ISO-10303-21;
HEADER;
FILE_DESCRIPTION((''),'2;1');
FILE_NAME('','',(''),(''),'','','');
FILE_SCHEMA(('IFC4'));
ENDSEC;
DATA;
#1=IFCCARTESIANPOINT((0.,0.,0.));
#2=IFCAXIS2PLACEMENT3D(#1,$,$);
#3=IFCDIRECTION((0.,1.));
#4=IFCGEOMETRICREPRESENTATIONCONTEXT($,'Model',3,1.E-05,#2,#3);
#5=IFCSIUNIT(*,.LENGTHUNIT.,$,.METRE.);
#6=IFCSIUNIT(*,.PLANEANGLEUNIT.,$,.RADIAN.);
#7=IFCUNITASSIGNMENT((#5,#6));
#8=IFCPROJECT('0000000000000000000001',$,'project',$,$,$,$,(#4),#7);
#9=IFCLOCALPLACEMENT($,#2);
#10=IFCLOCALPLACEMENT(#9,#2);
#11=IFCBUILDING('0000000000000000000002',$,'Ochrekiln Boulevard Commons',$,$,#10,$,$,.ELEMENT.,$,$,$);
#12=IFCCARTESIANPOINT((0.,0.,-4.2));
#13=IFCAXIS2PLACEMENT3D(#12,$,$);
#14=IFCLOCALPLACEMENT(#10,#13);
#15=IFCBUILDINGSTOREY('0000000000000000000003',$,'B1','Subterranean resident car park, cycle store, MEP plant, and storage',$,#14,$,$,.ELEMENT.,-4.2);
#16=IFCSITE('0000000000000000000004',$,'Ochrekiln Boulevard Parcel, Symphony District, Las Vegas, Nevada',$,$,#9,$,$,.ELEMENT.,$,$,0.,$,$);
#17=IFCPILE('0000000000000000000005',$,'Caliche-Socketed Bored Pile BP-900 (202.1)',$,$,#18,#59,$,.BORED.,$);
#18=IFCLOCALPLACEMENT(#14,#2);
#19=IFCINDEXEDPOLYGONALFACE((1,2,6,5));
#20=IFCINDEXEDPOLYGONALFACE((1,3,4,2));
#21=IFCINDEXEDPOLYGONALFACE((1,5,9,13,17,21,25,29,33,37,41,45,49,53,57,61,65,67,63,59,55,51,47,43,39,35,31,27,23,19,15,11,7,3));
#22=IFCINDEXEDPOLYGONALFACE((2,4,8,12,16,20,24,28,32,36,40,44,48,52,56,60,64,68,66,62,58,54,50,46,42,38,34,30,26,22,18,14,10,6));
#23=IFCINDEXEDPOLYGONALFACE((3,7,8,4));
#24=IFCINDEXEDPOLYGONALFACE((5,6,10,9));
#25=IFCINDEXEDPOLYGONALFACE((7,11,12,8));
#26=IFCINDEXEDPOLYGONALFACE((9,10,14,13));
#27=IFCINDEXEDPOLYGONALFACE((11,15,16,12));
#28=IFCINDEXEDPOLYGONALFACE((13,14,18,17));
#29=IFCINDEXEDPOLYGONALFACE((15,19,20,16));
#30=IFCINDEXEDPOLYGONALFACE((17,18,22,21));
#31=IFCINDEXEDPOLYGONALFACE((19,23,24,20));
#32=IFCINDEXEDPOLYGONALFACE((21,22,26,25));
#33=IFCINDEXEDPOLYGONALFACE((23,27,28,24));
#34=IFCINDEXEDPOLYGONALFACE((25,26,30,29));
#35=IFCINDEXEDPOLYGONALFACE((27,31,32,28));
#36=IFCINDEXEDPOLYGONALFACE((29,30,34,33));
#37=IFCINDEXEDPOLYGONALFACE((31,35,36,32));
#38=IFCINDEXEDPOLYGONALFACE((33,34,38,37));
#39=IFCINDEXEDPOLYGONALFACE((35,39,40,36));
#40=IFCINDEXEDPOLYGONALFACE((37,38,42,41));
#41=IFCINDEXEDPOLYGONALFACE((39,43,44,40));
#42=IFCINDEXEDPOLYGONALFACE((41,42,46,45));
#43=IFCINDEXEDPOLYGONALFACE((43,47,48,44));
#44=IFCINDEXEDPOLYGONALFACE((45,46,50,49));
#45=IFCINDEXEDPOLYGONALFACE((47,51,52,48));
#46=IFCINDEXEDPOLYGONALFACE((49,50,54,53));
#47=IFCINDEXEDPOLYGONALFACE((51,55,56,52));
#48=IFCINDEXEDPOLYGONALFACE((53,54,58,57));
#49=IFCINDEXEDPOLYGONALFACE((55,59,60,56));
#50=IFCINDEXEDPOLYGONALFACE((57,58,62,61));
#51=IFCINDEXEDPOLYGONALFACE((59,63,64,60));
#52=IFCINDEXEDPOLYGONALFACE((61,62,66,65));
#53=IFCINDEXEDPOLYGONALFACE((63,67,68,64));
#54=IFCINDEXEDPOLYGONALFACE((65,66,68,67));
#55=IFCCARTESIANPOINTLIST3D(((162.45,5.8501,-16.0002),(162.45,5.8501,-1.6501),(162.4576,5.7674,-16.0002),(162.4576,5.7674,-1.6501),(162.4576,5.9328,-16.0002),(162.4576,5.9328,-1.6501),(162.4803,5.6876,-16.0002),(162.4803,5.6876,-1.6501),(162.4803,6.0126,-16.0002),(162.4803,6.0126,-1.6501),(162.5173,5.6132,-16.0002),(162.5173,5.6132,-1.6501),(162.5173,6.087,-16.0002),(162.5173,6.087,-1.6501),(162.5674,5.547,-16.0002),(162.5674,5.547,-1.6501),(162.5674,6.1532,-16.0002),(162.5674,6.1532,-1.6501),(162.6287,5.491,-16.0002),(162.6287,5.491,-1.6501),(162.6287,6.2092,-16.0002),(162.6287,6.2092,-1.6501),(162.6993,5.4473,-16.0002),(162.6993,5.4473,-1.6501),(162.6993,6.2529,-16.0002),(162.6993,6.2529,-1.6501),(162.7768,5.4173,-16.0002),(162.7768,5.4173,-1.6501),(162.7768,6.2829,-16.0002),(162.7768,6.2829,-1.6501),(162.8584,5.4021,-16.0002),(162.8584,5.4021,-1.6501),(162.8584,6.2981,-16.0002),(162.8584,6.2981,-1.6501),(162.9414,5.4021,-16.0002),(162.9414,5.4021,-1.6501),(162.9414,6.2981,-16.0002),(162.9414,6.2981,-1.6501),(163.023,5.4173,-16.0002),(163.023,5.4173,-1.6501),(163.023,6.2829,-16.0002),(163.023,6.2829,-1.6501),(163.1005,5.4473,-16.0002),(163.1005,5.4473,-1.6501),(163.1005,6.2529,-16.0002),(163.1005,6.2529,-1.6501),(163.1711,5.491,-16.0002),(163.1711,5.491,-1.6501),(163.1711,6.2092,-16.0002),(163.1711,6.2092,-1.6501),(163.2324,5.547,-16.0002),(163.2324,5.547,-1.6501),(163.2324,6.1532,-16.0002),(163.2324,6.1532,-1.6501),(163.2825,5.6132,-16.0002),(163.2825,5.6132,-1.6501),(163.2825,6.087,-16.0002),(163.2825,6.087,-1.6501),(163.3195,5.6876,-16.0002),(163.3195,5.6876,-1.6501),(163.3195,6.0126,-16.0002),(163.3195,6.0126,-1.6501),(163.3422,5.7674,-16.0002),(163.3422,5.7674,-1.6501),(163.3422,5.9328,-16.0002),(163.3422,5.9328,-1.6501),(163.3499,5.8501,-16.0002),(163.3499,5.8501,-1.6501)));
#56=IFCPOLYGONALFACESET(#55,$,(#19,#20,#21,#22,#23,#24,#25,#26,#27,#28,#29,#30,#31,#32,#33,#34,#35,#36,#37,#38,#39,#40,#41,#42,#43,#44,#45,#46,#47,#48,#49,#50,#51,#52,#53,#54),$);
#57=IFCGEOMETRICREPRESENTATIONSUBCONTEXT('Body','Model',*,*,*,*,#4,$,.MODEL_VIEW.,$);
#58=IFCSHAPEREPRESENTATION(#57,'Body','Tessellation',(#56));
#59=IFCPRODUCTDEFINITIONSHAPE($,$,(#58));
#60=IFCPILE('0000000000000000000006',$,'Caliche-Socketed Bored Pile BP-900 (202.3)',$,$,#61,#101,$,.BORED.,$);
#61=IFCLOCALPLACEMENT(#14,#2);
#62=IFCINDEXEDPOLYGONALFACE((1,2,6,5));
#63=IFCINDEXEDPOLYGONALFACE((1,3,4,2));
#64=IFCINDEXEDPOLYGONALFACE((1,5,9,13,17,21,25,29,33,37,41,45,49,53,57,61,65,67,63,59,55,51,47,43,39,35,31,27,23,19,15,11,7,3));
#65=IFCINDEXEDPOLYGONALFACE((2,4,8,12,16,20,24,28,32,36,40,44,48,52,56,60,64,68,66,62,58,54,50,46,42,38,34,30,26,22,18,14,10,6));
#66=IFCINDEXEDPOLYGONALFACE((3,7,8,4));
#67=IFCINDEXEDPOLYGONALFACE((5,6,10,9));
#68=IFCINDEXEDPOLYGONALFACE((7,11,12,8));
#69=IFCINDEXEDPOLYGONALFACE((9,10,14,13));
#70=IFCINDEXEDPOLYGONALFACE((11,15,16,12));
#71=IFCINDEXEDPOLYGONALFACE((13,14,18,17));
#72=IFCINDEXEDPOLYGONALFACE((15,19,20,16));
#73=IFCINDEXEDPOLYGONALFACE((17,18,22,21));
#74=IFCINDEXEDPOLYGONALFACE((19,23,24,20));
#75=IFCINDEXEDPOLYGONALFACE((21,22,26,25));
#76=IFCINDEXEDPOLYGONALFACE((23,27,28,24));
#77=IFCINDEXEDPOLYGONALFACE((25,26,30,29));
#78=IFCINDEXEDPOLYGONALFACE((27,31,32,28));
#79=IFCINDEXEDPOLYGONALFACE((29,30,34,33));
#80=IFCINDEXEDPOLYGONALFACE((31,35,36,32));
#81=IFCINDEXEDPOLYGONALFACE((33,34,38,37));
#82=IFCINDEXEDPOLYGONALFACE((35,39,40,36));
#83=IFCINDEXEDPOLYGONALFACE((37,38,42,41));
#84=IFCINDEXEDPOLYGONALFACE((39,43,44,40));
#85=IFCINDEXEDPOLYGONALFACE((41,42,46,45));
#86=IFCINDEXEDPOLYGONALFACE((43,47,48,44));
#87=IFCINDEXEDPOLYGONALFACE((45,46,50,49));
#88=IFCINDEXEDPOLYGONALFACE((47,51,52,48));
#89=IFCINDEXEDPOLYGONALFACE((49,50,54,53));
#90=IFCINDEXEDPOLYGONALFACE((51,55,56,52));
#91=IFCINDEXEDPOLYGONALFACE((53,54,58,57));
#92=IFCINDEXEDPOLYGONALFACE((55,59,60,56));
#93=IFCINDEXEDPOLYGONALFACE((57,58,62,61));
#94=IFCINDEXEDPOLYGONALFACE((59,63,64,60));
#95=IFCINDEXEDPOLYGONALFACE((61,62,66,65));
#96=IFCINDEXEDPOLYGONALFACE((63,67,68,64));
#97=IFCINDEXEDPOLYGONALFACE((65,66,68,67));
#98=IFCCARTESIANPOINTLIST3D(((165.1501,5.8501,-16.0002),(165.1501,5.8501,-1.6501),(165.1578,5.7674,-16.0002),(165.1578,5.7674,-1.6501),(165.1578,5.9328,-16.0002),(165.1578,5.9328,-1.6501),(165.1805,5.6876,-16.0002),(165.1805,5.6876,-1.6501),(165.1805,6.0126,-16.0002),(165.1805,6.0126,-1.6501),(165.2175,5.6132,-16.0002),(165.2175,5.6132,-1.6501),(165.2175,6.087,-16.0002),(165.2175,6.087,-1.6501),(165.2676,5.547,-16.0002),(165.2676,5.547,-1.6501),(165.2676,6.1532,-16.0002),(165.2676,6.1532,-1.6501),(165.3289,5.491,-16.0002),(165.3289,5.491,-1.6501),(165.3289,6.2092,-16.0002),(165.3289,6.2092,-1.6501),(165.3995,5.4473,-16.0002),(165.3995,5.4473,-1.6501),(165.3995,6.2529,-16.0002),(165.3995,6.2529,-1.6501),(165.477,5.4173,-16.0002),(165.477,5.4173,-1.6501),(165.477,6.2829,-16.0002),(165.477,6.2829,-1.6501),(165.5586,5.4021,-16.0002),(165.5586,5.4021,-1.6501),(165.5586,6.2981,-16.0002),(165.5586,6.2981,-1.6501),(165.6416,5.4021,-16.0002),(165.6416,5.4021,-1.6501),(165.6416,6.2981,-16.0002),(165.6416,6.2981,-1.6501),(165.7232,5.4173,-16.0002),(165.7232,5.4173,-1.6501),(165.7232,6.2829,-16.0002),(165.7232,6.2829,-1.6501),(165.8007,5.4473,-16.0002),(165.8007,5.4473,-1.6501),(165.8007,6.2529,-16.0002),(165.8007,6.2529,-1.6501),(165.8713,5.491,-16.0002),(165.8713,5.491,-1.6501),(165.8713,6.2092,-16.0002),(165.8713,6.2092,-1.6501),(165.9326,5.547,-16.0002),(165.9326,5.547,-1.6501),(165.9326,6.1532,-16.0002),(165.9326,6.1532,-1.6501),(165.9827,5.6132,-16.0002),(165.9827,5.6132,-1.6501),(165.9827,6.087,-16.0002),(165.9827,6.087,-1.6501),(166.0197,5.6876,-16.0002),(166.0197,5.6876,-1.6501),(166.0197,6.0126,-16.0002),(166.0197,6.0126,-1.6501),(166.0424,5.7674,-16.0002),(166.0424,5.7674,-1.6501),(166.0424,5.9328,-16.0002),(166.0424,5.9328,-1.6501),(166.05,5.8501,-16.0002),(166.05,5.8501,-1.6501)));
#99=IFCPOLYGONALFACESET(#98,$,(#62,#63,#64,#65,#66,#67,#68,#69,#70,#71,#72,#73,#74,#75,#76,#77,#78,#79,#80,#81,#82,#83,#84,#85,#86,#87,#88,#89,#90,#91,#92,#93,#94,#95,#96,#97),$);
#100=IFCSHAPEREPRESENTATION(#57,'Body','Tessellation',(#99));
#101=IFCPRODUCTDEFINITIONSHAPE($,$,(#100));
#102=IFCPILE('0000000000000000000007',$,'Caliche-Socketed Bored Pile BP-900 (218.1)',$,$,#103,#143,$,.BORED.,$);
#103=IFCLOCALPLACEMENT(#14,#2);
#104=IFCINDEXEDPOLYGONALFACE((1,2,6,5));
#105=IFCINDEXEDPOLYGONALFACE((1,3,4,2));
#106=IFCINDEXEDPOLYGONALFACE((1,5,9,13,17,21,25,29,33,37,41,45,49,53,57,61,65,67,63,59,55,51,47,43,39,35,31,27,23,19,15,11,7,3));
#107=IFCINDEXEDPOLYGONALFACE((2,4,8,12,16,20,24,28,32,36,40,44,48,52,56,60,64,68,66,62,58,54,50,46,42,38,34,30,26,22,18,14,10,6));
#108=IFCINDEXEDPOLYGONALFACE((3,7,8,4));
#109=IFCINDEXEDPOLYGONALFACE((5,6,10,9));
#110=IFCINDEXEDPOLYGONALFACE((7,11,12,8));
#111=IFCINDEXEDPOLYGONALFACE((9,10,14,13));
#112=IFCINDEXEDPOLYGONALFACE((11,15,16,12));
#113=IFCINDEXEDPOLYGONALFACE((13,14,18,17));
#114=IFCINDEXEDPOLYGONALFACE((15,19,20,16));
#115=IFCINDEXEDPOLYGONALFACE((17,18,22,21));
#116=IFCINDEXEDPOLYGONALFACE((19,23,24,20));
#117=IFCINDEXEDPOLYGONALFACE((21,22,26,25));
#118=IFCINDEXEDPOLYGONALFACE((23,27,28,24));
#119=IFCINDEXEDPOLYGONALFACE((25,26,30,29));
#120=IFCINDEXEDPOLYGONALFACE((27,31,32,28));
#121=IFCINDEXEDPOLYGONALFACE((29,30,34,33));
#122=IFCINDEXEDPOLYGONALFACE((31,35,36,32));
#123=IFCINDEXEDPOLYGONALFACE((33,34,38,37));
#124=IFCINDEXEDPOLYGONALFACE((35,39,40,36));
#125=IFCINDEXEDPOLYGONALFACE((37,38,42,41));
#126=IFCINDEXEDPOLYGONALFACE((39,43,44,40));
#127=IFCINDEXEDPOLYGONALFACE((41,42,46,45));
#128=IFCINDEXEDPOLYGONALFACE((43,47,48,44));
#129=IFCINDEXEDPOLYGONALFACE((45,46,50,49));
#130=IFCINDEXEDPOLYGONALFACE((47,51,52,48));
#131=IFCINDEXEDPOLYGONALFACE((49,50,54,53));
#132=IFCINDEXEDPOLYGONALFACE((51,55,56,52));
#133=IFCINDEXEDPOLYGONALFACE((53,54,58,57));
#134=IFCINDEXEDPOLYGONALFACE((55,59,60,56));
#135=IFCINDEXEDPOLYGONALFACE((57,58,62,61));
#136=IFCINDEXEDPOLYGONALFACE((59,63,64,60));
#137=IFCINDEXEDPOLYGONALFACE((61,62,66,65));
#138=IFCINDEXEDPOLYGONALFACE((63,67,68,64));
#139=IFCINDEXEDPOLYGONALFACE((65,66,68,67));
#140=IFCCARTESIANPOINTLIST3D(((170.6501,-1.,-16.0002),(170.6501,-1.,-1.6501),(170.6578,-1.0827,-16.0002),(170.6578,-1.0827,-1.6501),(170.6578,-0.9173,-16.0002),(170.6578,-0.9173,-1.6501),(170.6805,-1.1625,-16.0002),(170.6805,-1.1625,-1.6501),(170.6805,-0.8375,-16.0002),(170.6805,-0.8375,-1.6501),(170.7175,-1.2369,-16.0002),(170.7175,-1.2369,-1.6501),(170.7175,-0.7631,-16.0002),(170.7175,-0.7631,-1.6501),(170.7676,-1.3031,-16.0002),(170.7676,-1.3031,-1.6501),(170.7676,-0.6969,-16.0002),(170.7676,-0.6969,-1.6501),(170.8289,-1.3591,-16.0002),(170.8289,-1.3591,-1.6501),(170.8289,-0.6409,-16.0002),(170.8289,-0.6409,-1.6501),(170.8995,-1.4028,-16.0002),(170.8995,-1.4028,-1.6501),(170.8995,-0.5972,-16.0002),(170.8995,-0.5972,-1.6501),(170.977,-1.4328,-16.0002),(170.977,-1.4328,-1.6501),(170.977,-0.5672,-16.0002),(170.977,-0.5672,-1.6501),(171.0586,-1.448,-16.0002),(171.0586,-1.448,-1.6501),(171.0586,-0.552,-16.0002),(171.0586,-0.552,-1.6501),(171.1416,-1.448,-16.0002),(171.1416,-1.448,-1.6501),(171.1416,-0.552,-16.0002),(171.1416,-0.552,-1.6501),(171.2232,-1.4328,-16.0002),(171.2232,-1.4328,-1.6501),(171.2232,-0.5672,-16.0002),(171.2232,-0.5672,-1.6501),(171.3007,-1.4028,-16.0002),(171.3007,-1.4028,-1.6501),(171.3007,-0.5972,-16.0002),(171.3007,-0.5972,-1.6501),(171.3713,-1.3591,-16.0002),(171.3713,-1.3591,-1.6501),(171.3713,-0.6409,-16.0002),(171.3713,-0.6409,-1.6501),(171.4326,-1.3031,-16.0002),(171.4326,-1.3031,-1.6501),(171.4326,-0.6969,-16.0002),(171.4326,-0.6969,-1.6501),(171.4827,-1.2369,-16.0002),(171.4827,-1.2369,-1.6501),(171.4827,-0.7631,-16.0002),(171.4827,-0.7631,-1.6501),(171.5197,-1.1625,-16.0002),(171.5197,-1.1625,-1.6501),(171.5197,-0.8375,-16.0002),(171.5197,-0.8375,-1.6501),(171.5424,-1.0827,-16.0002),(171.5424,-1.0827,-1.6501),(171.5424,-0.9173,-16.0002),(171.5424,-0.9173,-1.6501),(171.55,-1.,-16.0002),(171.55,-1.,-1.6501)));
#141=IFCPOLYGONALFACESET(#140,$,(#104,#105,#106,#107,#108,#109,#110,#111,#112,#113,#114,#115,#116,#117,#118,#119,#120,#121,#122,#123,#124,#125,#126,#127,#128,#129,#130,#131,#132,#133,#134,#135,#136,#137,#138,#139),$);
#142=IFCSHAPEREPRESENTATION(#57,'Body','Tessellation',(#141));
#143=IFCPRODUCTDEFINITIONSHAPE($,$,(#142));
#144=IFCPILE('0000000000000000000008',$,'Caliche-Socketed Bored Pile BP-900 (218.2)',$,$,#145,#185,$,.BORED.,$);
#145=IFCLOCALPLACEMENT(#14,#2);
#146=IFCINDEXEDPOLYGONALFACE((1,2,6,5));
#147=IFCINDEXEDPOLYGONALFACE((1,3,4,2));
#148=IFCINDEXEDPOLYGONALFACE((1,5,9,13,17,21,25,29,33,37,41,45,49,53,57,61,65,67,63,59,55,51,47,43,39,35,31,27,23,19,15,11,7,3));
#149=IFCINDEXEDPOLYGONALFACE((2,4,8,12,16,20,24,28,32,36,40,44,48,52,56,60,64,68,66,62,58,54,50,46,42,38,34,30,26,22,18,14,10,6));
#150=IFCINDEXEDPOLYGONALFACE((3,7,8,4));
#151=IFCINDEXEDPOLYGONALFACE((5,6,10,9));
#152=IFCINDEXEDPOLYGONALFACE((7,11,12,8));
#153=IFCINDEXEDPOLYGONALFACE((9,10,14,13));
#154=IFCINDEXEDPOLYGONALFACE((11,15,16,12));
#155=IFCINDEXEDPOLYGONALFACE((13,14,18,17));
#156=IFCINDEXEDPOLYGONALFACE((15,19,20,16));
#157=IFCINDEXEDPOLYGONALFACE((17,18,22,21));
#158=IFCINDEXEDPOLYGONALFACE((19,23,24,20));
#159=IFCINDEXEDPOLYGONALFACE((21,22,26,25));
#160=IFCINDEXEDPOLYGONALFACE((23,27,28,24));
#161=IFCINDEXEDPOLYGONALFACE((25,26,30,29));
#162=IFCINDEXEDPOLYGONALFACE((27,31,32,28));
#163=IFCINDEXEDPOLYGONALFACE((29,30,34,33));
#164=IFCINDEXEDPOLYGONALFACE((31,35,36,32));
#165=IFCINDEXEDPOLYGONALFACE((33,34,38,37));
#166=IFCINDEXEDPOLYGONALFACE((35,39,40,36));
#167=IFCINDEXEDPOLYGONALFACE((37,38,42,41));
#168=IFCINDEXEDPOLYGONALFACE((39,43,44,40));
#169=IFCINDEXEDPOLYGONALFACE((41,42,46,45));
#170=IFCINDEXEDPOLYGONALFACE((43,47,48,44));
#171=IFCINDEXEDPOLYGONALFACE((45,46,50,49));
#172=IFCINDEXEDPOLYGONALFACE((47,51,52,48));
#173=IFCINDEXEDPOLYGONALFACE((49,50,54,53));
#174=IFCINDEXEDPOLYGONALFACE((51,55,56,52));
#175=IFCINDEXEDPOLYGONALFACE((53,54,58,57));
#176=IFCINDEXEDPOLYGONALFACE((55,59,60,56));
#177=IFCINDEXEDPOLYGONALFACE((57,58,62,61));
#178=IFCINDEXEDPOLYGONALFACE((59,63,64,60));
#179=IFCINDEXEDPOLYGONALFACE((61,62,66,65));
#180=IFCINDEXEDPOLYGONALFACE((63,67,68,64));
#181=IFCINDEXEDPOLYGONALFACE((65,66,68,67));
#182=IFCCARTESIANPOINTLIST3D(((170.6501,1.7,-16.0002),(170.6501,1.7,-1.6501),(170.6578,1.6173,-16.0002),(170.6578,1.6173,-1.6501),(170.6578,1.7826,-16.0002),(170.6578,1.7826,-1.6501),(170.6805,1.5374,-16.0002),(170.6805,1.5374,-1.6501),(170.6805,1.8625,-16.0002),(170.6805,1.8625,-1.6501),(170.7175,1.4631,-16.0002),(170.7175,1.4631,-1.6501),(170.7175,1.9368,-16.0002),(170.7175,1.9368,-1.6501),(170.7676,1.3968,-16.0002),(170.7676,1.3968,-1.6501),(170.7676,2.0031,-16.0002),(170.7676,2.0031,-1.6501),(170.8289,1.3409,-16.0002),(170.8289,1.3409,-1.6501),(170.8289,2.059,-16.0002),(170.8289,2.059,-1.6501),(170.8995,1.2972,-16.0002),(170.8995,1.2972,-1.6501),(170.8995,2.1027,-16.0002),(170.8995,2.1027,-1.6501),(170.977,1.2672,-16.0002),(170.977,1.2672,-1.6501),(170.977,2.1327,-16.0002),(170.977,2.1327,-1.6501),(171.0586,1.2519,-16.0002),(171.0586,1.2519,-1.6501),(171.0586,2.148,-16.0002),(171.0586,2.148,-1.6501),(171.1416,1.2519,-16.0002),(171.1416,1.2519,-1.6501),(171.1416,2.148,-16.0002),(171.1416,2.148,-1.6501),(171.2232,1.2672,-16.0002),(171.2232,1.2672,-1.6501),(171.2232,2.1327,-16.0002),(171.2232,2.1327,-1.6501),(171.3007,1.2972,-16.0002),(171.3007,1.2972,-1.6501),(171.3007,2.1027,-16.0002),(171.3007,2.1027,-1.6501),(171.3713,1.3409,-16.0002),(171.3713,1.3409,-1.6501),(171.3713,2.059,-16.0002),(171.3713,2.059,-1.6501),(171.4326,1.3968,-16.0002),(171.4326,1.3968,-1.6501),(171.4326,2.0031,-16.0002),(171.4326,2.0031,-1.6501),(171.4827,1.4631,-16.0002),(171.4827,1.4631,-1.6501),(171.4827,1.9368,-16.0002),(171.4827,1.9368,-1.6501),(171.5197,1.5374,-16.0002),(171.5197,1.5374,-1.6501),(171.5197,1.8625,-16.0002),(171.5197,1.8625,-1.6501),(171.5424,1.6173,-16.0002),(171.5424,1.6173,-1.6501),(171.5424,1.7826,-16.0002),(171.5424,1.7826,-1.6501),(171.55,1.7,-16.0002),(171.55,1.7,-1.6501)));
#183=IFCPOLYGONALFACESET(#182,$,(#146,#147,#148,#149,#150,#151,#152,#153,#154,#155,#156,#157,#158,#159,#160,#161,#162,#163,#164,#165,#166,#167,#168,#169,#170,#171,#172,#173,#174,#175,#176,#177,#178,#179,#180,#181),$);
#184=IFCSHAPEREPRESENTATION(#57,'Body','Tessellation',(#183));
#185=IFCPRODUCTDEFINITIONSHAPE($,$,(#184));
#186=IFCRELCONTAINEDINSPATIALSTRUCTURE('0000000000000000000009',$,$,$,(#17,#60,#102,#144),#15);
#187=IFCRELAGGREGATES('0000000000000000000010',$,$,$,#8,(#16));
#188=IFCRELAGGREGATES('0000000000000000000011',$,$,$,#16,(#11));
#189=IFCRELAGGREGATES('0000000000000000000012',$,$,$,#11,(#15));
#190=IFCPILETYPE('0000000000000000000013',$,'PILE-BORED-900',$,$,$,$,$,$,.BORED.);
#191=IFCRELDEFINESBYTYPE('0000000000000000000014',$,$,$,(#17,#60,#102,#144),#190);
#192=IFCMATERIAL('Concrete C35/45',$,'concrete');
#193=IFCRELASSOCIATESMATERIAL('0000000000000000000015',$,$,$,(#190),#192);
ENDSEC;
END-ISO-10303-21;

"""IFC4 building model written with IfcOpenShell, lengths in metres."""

from ifc_helpers import new_model, si_unit, direction, frame, origin, origin_2d, place, context, subcontext, project, spatial, circle, extrude, material, material_profile, profile_set, type_object, element, save


model = new_model("IFC4")

# Units and contexts
model_context = context("Model", 3, precision=1e-05, world=origin(), true_north=direction((0.0, 1.0)))
body_context = subcontext(model_context, "Body", "Model", "MODEL_VIEW")
ifc_project = project(units=[si_unit("LENGTHUNIT", "METRE"), si_unit("PLANEANGLEUNIT", "RADIAN")], contexts=[model_context])

# Site, building, storey
site_placement = place(None, origin())
site = spatial("IfcSite", under=ifc_project, at=site_placement, Name="Ochrekiln Boulevard Parcel, Symphony District, Las Vegas, Nevada", CompositionType="ELEMENT", RefElevation=0.0)
building_placement = place(site_placement, origin())
building = spatial("IfcBuilding", under=site, at=building_placement, Name="Ochrekiln Boulevard Commons", CompositionType="ELEMENT")
storey_placement = place(building_placement, frame((0.0, 0.0, -4.2)))
storey = spatial("IfcBuildingStorey", under=building, at=storey_placement, Name="B1", Description="Subterranean resident car park, cycle store, MEP plant, and storage", CompositionType="ELEMENT", Elevation=-4.2)

# Shared definitions
ifc_material_1 = material(Name="Concrete C35/45", Category="concrete")

# Piles
ifc_material_profile_1 = material_profile(ifc_material_1, circle(Radius=0.45, at=origin_2d()), Name="PILE-D900")
ifc_profile_set_1 = profile_set([ifc_material_profile_1], Name="Concrete C35/45")
pile_type = type_object("IfcPileType", Name="PILE-BORED-900", PredefinedType="BORED", material=ifc_profile_set_1)
for number, where, z_axis, x_axis, name in (
    (1, (162.8999, 5.8501, -1.6501), (0.0, 0.0, -1.0), (1.0, 0.0, 0.0), "Caliche-Socketed Bored Pile BP-900 (202.1)"),
    (2, (165.6001, 5.8501, -1.6501), (0.0, 0.0, -1.0), (1.0, 0.0, 0.0), "Caliche-Socketed Bored Pile BP-900 (202.3)"),
    (3, (171.1001, -1.0, -1.6501), (0.0, 0.0, -1.0), (1.0, 0.0, 0.0), "Caliche-Socketed Bored Pile BP-900 (218.1)"),
    (4, (171.1001, 1.7, -1.6501), (0.0, 0.0, -1.0), (1.0, 0.0, 0.0), "Caliche-Socketed Bored Pile BP-900 (218.2)"),
):
    element("IfcPile", number, at=place(storey_placement, frame(where, z_axis=z_axis, x_axis=x_axis)), inside=storey, type_object=pile_type, Name=name, PredefinedType="BORED", context=body_context, shape_type="SweptSolid", body=[
        extrude(circle(Radius=0.45, at=origin_2d()), origin(), (0.0, 0.0, 1.0), 14.3501),
    ])

save(model, "model.ifc")
